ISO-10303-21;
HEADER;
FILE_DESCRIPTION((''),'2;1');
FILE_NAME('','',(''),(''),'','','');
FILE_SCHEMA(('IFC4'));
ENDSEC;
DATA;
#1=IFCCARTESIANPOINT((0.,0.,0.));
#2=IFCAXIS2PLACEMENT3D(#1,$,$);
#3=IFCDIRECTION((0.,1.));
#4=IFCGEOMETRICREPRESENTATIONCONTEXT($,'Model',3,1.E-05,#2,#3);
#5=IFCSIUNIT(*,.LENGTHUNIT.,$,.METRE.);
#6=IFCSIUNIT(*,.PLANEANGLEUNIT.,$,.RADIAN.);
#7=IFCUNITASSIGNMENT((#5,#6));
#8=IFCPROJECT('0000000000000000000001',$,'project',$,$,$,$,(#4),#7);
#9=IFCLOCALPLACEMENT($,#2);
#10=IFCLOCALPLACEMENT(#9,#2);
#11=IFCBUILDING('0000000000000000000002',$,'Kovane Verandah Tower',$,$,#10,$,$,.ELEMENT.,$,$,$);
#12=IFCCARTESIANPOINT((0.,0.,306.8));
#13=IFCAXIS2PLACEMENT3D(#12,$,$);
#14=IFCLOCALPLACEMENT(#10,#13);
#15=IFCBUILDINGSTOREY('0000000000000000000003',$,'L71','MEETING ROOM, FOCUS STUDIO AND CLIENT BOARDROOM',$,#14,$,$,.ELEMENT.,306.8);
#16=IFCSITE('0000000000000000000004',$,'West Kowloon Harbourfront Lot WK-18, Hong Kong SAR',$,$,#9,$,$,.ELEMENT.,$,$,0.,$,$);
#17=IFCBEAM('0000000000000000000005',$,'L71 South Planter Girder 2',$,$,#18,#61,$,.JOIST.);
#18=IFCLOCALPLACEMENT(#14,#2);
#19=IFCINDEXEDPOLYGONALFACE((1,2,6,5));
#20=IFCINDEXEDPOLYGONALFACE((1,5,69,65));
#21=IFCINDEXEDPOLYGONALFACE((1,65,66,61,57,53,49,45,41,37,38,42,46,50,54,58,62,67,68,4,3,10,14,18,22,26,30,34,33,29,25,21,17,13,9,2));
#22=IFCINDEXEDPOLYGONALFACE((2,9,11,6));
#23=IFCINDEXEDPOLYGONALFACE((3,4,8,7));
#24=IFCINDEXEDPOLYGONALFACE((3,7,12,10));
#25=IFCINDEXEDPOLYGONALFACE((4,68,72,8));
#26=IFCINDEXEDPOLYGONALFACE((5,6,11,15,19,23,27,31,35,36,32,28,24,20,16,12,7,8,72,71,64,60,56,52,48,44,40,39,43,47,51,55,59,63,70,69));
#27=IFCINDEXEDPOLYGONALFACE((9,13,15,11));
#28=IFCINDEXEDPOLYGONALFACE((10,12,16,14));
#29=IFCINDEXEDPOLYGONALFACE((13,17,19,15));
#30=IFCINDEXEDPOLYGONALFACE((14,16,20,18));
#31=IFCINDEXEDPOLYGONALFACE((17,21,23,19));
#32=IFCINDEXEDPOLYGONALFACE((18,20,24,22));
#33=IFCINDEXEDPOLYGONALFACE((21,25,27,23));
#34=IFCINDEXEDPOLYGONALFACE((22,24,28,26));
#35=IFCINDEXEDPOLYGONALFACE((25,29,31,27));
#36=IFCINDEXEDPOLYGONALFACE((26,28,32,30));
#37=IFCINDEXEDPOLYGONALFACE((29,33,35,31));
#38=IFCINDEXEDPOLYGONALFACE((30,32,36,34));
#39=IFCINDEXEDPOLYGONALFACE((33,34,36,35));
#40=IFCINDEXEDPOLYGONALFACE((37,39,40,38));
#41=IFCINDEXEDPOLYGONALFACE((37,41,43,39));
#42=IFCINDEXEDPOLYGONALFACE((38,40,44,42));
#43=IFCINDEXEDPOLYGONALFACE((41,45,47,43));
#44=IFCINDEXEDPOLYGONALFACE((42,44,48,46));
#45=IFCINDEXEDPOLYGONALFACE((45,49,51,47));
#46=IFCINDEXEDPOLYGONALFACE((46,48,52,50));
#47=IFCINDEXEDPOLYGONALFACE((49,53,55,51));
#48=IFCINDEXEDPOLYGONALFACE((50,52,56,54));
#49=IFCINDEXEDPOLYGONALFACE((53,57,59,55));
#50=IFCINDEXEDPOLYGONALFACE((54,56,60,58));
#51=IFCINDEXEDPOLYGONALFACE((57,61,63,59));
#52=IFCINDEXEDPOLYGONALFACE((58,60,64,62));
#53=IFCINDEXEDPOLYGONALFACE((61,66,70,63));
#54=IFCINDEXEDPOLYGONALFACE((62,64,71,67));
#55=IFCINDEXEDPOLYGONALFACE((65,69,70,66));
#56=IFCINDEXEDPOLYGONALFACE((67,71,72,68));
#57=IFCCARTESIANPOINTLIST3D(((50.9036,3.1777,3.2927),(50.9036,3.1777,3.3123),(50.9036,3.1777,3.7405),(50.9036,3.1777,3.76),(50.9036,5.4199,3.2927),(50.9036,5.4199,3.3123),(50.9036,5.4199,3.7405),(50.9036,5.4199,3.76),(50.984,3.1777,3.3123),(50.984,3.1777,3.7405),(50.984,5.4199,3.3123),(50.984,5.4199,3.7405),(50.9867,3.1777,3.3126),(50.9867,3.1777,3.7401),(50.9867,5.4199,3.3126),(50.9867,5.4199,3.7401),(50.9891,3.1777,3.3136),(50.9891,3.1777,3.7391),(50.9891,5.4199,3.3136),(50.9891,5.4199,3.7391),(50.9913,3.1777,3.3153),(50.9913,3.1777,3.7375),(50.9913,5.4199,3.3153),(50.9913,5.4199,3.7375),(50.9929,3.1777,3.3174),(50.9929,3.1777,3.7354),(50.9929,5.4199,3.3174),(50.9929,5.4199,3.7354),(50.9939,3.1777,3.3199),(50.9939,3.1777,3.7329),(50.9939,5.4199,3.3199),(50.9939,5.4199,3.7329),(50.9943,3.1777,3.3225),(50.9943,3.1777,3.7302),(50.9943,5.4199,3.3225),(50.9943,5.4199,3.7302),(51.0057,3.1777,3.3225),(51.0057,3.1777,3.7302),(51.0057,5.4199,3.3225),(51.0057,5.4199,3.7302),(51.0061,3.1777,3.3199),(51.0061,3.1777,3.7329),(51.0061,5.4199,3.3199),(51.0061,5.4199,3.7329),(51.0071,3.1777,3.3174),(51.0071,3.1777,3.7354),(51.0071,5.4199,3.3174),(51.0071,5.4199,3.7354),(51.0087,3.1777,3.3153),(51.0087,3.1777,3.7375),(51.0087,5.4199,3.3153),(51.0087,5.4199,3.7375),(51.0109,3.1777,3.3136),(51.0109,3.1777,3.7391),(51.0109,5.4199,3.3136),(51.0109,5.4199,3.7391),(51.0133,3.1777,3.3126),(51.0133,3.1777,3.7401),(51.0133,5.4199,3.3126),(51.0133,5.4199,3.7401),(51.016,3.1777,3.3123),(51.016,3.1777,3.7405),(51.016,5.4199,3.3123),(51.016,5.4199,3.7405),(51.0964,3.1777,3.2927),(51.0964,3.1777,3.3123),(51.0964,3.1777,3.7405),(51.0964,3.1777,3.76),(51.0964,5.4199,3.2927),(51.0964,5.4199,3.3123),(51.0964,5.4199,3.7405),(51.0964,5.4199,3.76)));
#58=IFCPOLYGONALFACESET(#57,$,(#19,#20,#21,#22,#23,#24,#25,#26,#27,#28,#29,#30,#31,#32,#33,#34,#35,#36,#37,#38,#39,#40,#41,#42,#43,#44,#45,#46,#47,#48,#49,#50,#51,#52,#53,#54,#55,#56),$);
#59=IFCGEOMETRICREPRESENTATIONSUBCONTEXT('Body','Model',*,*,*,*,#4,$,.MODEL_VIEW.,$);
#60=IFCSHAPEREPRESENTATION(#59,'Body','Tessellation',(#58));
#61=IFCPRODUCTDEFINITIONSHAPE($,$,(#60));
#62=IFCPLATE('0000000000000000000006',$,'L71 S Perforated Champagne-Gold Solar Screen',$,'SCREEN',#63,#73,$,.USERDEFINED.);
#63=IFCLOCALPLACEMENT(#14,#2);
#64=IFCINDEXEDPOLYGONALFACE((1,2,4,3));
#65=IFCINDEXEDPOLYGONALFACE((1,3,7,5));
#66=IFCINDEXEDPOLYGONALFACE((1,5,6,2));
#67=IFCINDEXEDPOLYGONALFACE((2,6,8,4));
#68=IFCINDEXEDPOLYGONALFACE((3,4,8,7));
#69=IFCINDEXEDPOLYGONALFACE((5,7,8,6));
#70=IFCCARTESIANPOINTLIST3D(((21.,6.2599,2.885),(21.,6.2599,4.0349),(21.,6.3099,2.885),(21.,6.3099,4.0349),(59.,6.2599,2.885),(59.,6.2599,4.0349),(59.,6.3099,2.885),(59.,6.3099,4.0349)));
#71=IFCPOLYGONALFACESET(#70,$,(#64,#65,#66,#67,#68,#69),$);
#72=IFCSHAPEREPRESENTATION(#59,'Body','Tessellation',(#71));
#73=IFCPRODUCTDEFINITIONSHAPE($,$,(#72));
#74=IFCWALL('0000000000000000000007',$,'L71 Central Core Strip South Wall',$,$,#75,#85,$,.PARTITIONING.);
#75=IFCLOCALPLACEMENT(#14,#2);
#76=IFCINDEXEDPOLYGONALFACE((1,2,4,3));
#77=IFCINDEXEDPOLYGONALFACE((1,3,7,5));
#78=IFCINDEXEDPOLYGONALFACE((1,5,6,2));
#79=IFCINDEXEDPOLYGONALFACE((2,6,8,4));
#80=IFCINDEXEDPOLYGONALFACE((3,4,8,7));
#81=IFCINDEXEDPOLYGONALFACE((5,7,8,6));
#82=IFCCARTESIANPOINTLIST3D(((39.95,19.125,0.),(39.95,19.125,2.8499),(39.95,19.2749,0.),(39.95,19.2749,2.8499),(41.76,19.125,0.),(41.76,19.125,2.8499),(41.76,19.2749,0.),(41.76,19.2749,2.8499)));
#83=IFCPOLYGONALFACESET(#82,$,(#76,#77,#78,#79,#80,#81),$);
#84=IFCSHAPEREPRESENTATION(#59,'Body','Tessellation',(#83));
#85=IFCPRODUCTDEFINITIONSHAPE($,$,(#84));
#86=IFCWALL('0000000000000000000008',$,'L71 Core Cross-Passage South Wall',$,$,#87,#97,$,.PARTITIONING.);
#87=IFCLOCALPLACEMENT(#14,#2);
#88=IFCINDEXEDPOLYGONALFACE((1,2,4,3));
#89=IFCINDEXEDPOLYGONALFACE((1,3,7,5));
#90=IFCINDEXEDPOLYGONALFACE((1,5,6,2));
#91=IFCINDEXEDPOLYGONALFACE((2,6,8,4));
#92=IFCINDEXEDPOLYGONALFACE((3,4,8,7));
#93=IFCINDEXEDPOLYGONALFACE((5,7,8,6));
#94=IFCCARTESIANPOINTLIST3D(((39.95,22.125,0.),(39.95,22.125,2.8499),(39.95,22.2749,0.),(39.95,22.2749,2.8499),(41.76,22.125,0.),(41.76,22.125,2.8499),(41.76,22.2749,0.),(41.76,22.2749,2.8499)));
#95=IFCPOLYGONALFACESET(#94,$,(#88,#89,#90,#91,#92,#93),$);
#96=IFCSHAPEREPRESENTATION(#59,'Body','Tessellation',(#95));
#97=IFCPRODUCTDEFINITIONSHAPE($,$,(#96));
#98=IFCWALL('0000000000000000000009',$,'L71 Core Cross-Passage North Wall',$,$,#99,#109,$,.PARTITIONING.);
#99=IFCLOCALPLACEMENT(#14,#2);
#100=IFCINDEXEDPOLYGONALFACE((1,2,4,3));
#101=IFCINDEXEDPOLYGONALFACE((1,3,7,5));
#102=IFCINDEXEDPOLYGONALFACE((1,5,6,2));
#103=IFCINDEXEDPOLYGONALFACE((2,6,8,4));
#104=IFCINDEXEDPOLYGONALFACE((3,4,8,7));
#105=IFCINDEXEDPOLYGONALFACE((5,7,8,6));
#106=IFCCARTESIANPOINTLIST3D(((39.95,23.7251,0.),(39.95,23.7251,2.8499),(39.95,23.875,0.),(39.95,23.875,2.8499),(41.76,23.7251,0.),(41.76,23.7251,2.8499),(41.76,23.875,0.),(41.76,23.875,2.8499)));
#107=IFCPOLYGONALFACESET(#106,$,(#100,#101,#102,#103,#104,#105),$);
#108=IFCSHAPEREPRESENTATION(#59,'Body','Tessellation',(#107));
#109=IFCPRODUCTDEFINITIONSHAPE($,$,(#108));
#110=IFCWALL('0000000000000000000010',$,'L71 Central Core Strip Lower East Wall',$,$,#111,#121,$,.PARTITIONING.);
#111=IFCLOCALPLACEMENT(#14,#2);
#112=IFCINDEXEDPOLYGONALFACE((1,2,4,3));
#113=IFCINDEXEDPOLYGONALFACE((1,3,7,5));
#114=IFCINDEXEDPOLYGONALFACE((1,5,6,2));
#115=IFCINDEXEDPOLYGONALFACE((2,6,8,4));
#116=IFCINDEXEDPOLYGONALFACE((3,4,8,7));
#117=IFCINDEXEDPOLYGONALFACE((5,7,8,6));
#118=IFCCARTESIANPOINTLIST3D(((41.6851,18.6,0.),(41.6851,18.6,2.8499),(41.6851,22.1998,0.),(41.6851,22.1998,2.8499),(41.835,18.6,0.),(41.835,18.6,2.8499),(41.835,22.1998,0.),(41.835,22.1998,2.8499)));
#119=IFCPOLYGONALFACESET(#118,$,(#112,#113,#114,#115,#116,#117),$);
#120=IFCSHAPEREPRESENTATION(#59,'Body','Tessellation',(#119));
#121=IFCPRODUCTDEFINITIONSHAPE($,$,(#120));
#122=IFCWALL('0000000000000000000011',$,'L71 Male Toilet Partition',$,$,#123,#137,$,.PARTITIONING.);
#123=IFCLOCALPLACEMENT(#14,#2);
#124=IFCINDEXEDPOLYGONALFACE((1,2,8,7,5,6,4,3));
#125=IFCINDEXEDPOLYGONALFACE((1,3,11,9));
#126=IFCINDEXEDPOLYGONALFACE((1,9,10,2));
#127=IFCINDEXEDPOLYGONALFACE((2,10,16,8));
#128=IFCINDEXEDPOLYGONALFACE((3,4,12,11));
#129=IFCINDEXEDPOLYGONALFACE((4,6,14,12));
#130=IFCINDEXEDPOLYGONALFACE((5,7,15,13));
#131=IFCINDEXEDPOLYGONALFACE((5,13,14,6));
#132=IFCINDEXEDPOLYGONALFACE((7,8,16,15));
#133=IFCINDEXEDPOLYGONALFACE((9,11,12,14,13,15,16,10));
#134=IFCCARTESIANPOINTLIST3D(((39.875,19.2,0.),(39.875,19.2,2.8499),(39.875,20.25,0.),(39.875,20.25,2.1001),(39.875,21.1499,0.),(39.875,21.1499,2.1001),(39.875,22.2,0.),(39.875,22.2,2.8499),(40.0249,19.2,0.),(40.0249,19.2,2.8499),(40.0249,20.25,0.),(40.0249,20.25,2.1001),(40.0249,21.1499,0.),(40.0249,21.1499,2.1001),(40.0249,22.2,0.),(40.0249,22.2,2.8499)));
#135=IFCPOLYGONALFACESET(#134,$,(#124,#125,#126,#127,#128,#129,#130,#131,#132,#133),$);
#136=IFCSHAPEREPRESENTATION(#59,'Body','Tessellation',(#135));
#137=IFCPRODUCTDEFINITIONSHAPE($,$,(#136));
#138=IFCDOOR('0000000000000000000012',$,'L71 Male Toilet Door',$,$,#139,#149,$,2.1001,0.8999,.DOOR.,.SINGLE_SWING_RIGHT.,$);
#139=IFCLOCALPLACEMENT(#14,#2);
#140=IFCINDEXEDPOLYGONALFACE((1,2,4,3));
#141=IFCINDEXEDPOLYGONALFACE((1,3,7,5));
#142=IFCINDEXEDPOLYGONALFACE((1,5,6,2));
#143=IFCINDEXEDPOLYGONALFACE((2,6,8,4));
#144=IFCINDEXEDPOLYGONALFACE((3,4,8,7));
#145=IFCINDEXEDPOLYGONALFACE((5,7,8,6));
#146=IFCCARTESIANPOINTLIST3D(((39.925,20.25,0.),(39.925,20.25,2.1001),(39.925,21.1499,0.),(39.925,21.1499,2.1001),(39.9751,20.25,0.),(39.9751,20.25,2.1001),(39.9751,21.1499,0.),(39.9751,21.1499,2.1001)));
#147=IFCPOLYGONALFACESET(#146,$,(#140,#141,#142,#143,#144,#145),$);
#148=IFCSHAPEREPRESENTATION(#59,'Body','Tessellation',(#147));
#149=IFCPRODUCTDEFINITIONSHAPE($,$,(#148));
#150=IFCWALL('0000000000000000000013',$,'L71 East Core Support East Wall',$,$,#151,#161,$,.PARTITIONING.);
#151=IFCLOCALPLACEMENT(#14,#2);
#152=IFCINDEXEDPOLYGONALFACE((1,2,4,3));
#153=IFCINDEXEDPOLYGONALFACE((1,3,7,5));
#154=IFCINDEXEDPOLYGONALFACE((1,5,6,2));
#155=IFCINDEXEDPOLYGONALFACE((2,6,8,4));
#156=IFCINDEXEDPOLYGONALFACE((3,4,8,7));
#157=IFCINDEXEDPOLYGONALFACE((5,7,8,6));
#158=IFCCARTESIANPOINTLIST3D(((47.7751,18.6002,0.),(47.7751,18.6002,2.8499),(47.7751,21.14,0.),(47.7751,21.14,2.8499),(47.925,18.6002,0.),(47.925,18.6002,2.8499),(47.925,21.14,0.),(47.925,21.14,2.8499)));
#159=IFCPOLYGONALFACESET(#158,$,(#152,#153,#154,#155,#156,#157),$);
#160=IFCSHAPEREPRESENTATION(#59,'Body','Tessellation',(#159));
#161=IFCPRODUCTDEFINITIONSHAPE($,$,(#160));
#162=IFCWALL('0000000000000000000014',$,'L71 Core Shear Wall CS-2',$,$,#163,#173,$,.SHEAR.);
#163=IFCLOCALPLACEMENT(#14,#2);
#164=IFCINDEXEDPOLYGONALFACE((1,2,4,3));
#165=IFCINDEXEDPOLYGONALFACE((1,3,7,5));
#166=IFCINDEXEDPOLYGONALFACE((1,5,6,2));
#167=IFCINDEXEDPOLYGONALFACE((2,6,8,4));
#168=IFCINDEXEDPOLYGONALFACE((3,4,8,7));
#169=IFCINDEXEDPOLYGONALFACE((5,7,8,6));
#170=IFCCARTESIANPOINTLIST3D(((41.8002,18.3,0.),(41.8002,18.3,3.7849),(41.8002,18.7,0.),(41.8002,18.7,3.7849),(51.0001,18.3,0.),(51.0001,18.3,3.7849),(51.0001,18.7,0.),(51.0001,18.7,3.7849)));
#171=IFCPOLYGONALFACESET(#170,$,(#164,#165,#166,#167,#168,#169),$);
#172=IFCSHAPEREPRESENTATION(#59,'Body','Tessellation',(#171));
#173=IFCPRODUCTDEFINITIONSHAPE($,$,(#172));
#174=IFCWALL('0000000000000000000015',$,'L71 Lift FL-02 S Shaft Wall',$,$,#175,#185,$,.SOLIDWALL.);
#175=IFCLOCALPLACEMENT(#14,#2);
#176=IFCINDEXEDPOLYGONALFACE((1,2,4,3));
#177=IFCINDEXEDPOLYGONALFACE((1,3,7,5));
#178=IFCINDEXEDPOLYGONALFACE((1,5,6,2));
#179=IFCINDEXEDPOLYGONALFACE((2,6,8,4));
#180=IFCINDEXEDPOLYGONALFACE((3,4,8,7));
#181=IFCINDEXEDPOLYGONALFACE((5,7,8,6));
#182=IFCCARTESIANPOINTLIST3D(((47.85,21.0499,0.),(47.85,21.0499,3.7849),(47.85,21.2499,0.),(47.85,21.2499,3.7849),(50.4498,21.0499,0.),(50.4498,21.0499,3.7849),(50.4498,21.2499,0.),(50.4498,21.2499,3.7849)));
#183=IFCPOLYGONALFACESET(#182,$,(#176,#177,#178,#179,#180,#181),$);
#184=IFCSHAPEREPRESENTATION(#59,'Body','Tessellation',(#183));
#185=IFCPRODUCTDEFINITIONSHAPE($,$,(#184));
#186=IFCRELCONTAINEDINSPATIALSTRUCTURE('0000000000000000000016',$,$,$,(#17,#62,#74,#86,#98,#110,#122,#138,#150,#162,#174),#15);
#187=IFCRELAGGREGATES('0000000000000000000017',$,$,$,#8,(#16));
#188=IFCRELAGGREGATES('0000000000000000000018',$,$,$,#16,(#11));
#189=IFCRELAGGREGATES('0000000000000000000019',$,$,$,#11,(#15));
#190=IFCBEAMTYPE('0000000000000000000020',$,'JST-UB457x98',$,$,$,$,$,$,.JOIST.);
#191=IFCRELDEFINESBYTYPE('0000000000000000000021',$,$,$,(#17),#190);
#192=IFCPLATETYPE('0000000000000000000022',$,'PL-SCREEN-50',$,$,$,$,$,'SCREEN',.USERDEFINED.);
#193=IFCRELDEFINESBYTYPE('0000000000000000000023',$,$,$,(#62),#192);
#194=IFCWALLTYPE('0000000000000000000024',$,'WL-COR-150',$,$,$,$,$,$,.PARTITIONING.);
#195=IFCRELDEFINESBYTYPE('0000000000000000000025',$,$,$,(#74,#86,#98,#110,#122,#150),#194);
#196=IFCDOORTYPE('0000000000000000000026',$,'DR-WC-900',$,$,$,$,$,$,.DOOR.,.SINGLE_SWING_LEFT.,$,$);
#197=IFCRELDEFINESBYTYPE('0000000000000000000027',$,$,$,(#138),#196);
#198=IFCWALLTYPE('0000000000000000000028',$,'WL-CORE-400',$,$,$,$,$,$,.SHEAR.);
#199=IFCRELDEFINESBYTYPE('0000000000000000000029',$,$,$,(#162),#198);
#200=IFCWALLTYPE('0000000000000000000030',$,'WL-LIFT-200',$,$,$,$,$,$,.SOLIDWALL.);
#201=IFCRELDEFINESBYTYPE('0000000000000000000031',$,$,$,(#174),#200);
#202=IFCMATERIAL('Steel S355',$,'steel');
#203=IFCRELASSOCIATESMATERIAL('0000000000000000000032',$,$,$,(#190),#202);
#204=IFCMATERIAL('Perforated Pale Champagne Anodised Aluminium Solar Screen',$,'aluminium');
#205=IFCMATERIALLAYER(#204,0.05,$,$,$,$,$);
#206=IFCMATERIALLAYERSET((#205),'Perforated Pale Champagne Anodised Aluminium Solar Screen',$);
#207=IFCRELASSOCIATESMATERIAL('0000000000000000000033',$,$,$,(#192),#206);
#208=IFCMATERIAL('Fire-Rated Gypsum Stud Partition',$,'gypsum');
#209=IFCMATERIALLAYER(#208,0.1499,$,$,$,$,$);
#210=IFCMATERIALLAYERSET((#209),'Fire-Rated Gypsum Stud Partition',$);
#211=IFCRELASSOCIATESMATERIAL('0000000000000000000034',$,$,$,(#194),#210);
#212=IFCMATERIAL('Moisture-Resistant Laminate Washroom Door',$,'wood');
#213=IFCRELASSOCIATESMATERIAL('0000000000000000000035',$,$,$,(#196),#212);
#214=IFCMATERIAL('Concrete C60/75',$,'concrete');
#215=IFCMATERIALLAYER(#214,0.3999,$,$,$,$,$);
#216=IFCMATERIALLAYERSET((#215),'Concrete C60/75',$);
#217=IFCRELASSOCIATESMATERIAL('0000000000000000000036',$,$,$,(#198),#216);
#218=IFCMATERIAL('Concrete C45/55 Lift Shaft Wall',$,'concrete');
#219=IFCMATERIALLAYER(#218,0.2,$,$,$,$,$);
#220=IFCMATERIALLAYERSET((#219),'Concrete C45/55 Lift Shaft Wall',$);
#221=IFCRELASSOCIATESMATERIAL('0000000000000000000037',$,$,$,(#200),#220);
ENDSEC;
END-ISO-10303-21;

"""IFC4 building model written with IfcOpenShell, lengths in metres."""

from ifc_helpers import new_model, si_unit, direction, frame, frame_2d, origin, origin_2d, place, context, subcontext, project, spatial, rectangle, i_section, extrude, material, layer, layer_set, material_profile, profile_set, type_object, element, fill, save


model = new_model("IFC4")

# Units and contexts
model_context = context("Model", 3, precision=1e-05, world=origin(), true_north=direction((0.0, 1.0)))
body_context = subcontext(model_context, "Body", "Model", "MODEL_VIEW")
ifc_project = project(units=[si_unit("LENGTHUNIT", "METRE"), si_unit("PLANEANGLEUNIT", "RADIAN")], contexts=[model_context])

# Site, building, storey
site_placement = place(None, origin())
site = spatial("IfcSite", under=ifc_project, at=site_placement, Name="West Kowloon Harbourfront Lot WK-18, Hong Kong SAR", CompositionType="ELEMENT", RefElevation=0.0)
building_placement = place(site_placement, origin())
building = spatial("IfcBuilding", under=site, at=building_placement, Name="Kovane Verandah Tower", CompositionType="ELEMENT")
storey_placement = place(building_placement, frame((0.0, 0.0, 306.8)))
storey = spatial("IfcBuildingStorey", under=building, at=storey_placement, Name="L71", Description="MEETING ROOM, FOCUS STUDIO AND CLIENT BOARDROOM", CompositionType="ELEMENT", Elevation=306.8)

# Shared definitions
ifc_material_1 = material(Name="Concrete C60/75", Category="concrete")

# Beam
ifc_material_2 = material(Name="Steel S355", Category="steel")
ifc_material_profile_1 = material_profile(ifc_material_2, i_section(OverallWidth=0.1929, OverallDepth=0.4673, WebThickness=0.0115, FlangeThickness=0.0195, FilletRadius=0.0103, at=origin_2d()), Name="UB457x191x98")
ifc_profile_set_1 = profile_set([ifc_material_profile_1], Name="Steel S355")
beam_type_1 = type_object("IfcBeamType", Name="JST-UB457x98", PredefinedType="JOIST", material=ifc_profile_set_1)
beam_1_placement = place(storey_placement, frame((51.0, 5.4199, 3.5264), z_axis=(0.0, -1.0, 0.0), x_axis=(1.0, 0.0, 0.0)))
element("IfcBeam", 1, at=beam_1_placement, inside=storey, type_object=beam_type_1, Name="L71 South Planter Girder 2", PredefinedType="JOIST", context=body_context, shape_type="SweptSolid", body=[
    extrude(i_section(OverallWidth=0.1929, OverallDepth=0.4673, WebThickness=0.0115, FlangeThickness=0.0195, FilletRadius=0.0103, at=origin_2d()), origin(), (0.0, 0.0, 1.0), 2.2422),
])

# Plate
ifc_material_3 = material(Name="Perforated Pale Champagne Anodised Aluminium Solar Screen", Category="aluminium")
ifc_layer_1 = layer(ifc_material_3, 0.05)
ifc_layer_set_1 = layer_set([ifc_layer_1], Name="Perforated Pale Champagne Anodised Aluminium Solar Screen")
plate_type = type_object("IfcPlateType", Name="PL-SCREEN-50", ElementType="SCREEN", PredefinedType="USERDEFINED", material=ifc_layer_set_1)
plate_placement = place(storey_placement, frame((40.0, 6.2849, 2.885), z_axis=(0.0, 0.0, 1.0), x_axis=(1.0, 0.0, 0.0)))
element("IfcPlate", 2, at=plate_placement, inside=storey, type_object=plate_type, Name="L71 S Perforated Champagne-Gold Solar Screen", ObjectType="SCREEN", PredefinedType="USERDEFINED", context=body_context, shape_type="SweptSolid", body=[
    extrude(rectangle(XDim=38.0, YDim=0.05, at=origin_2d()), origin(), (0.0, 0.0, 1.0), 1.1499),
])

# Walls
ifc_material_4 = material(Name="Fire-Rated Gypsum Stud Partition", Category="gypsum")
ifc_layer_2 = layer(ifc_material_4, 0.1499)
ifc_layer_set_2 = layer_set([ifc_layer_2], Name="Fire-Rated Gypsum Stud Partition")
wall_type_1 = type_object("IfcWallType", Name="WL-COR-150", PredefinedType="PARTITIONING", material=ifc_layer_set_2)
for number, where, z_axis, x_axis, name in (
    (3, (39.95, 19.2, 0.0), (0.0, 0.0, 1.0), (1.0, 0.0, 0.0), "L71 Central Core Strip South Wall"),
    (4, (39.95, 22.2, 0.0), (0.0, 0.0, 1.0), (1.0, 0.0, 0.0), "L71 Core Cross-Passage South Wall"),
    (5, (39.95, 23.8, 0.0), (0.0, 0.0, 1.0), (1.0, 0.0, 0.0), "L71 Core Cross-Passage North Wall"),
):
    element("IfcWall", number, at=place(storey_placement, frame(where, z_axis=z_axis, x_axis=x_axis)), inside=storey, type_object=wall_type_1, Name=name, PredefinedType="PARTITIONING", context=body_context, shape_type="SweptSolid", body=[
        extrude(rectangle(XDim=1.8101, YDim=0.1499, at=frame_2d((0.905, 0.0))), origin(), (0.0, 0.0, 1.0), 2.8499),
    ])
wall_1_placement = place(storey_placement, frame((41.76, 18.6001, 0.0), z_axis=(0.0, 0.0, 1.0), x_axis=(0.0, 1.0, 0.0)))
element("IfcWall", 6, at=wall_1_placement, inside=storey, type_object=wall_type_1, Name="L71 Central Core Strip Lower East Wall", PredefinedType="PARTITIONING", context=body_context, shape_type="SweptSolid", body=[
    extrude(rectangle(XDim=3.5999, YDim=0.1499, at=frame_2d((1.7998, 0.0))), origin(), (0.0, 0.0, 1.0), 2.8499),
])

# Wall, opening, door
wall_2_placement = place(storey_placement, frame((39.95, 19.2, 0.0), z_axis=(0.0, 0.0, 1.0), x_axis=(0.0, 1.0, 0.0)))
wall_2 = element("IfcWall", 7, at=wall_2_placement, inside=storey, type_object=wall_type_1, Name="L71 Male Toilet Partition", PredefinedType="PARTITIONING", context=body_context, shape_type="SweptSolid", body=[
    extrude(rectangle(XDim=3.0, YDim=0.1499, at=frame_2d((1.5, 0.0))), origin(), (0.0, 0.0, 1.0), 2.8499),
])
opening_1_placement = place(wall_2_placement, frame((1.05, 0.0, 0.0)))
opening_1 = element("IfcOpeningElement", 8, at=opening_1_placement, cuts=wall_2, PredefinedType="OPENING", context=body_context, shape_type="SweptSolid", body=[
    extrude(rectangle(XDim=0.8999, YDim=2.1001, at=frame_2d((0.45, 1.05))), frame((0.0, 0.075, 0.0), z_axis=(0.0, -1.0, 0.0), x_axis=(1.0, 0.0, 0.0)), (0.0, 0.0, 1.0), 0.1499),
])
ifc_material_5 = material(Name="Moisture-Resistant Laminate Washroom Door", Category="wood")
door_type_1 = type_object("IfcDoorType", Name="DR-WC-900", OperationType="SINGLE_SWING_LEFT", PredefinedType="DOOR", material=ifc_material_5)
door_1_placement = place(opening_1_placement, origin())
door_1 = element("IfcDoor", 9, at=door_1_placement, inside=storey, type_object=door_type_1, Name="L71 Male Toilet Door", OperationType="SINGLE_SWING_RIGHT", OverallHeight=2.1001, OverallWidth=0.8999, PredefinedType="DOOR", context=body_context, shape_type="SweptSolid", body=[
    extrude(rectangle(XDim=0.8999, YDim=2.1001, at=frame_2d((0.45, 1.05))), frame((0.0, 0.0249, 0.0), z_axis=(0.0, -1.0, 0.0), x_axis=(1.0, 0.0, 0.0)), (0.0, 0.0, 1.0), 0.05),
])
fill(opening_1, door_1)

# Wall
wall_3_placement = place(storey_placement, frame((47.8501, 18.6001, 0.0), z_axis=(0.0, 0.0, 1.0), x_axis=(0.0, 1.0, 0.0)))
element("IfcWall", 10, at=wall_3_placement, inside=storey, type_object=wall_type_1, Name="L71 East Core Support East Wall", PredefinedType="PARTITIONING", context=body_context, shape_type="SweptSolid", body=[
    extrude(rectangle(XDim=2.5398, YDim=0.1499, at=frame_2d((1.27, 0.0))), origin(), (0.0, 0.0, 1.0), 2.8499),
])

# Walls
ifc_layer_3 = layer(ifc_material_1, 0.3999)
ifc_layer_set_3 = layer_set([ifc_layer_3], Name="Concrete C60/75")
wall_type_2 = type_object("IfcWallType", Name="WL-CORE-400", PredefinedType="SHEAR", material=ifc_layer_set_3)
wall_4_placement = place(storey_placement, frame((41.8, 18.5, 0.0), z_axis=(0.0, 0.0, 1.0), x_axis=(1.0, 0.0, 0.0)))
element("IfcWall", 11, at=wall_4_placement, inside=storey, type_object=wall_type_2, Name="L71 Core Shear Wall CS-2", PredefinedType="SHEAR", context=body_context, shape_type="SweptSolid", body=[
    extrude(rectangle(XDim=9.2, YDim=0.3999, at=frame_2d((4.6001, 0.0))), origin(), (0.0, 0.0, 1.0), 3.7849),
])
ifc_material_6 = material(Name="Concrete C45/55 Lift Shaft Wall", Category="concrete")
ifc_layer_4 = layer(ifc_material_6, 0.2)
ifc_layer_set_4 = layer_set([ifc_layer_4], Name="Concrete C45/55 Lift Shaft Wall")
wall_type_3 = type_object("IfcWallType", Name="WL-LIFT-200", PredefinedType="SOLIDWALL", material=ifc_layer_set_4)
wall_5_placement = place(storey_placement, frame((47.8501, 21.1499, 0.0), z_axis=(0.0, 0.0, 1.0), x_axis=(1.0, 0.0, 0.0)))
element("IfcWall", 12, at=wall_5_placement, inside=storey, type_object=wall_type_3, Name="L71 Lift FL-02 S Shaft Wall", PredefinedType="SOLIDWALL", context=body_context, shape_type="SweptSolid", body=[
    extrude(rectangle(XDim=2.5999, YDim=0.2, at=frame_2d((1.2998, 0.0))), origin(), (0.0, 0.0, 1.0), 3.7849),
])

save(model, "model.ifc")
